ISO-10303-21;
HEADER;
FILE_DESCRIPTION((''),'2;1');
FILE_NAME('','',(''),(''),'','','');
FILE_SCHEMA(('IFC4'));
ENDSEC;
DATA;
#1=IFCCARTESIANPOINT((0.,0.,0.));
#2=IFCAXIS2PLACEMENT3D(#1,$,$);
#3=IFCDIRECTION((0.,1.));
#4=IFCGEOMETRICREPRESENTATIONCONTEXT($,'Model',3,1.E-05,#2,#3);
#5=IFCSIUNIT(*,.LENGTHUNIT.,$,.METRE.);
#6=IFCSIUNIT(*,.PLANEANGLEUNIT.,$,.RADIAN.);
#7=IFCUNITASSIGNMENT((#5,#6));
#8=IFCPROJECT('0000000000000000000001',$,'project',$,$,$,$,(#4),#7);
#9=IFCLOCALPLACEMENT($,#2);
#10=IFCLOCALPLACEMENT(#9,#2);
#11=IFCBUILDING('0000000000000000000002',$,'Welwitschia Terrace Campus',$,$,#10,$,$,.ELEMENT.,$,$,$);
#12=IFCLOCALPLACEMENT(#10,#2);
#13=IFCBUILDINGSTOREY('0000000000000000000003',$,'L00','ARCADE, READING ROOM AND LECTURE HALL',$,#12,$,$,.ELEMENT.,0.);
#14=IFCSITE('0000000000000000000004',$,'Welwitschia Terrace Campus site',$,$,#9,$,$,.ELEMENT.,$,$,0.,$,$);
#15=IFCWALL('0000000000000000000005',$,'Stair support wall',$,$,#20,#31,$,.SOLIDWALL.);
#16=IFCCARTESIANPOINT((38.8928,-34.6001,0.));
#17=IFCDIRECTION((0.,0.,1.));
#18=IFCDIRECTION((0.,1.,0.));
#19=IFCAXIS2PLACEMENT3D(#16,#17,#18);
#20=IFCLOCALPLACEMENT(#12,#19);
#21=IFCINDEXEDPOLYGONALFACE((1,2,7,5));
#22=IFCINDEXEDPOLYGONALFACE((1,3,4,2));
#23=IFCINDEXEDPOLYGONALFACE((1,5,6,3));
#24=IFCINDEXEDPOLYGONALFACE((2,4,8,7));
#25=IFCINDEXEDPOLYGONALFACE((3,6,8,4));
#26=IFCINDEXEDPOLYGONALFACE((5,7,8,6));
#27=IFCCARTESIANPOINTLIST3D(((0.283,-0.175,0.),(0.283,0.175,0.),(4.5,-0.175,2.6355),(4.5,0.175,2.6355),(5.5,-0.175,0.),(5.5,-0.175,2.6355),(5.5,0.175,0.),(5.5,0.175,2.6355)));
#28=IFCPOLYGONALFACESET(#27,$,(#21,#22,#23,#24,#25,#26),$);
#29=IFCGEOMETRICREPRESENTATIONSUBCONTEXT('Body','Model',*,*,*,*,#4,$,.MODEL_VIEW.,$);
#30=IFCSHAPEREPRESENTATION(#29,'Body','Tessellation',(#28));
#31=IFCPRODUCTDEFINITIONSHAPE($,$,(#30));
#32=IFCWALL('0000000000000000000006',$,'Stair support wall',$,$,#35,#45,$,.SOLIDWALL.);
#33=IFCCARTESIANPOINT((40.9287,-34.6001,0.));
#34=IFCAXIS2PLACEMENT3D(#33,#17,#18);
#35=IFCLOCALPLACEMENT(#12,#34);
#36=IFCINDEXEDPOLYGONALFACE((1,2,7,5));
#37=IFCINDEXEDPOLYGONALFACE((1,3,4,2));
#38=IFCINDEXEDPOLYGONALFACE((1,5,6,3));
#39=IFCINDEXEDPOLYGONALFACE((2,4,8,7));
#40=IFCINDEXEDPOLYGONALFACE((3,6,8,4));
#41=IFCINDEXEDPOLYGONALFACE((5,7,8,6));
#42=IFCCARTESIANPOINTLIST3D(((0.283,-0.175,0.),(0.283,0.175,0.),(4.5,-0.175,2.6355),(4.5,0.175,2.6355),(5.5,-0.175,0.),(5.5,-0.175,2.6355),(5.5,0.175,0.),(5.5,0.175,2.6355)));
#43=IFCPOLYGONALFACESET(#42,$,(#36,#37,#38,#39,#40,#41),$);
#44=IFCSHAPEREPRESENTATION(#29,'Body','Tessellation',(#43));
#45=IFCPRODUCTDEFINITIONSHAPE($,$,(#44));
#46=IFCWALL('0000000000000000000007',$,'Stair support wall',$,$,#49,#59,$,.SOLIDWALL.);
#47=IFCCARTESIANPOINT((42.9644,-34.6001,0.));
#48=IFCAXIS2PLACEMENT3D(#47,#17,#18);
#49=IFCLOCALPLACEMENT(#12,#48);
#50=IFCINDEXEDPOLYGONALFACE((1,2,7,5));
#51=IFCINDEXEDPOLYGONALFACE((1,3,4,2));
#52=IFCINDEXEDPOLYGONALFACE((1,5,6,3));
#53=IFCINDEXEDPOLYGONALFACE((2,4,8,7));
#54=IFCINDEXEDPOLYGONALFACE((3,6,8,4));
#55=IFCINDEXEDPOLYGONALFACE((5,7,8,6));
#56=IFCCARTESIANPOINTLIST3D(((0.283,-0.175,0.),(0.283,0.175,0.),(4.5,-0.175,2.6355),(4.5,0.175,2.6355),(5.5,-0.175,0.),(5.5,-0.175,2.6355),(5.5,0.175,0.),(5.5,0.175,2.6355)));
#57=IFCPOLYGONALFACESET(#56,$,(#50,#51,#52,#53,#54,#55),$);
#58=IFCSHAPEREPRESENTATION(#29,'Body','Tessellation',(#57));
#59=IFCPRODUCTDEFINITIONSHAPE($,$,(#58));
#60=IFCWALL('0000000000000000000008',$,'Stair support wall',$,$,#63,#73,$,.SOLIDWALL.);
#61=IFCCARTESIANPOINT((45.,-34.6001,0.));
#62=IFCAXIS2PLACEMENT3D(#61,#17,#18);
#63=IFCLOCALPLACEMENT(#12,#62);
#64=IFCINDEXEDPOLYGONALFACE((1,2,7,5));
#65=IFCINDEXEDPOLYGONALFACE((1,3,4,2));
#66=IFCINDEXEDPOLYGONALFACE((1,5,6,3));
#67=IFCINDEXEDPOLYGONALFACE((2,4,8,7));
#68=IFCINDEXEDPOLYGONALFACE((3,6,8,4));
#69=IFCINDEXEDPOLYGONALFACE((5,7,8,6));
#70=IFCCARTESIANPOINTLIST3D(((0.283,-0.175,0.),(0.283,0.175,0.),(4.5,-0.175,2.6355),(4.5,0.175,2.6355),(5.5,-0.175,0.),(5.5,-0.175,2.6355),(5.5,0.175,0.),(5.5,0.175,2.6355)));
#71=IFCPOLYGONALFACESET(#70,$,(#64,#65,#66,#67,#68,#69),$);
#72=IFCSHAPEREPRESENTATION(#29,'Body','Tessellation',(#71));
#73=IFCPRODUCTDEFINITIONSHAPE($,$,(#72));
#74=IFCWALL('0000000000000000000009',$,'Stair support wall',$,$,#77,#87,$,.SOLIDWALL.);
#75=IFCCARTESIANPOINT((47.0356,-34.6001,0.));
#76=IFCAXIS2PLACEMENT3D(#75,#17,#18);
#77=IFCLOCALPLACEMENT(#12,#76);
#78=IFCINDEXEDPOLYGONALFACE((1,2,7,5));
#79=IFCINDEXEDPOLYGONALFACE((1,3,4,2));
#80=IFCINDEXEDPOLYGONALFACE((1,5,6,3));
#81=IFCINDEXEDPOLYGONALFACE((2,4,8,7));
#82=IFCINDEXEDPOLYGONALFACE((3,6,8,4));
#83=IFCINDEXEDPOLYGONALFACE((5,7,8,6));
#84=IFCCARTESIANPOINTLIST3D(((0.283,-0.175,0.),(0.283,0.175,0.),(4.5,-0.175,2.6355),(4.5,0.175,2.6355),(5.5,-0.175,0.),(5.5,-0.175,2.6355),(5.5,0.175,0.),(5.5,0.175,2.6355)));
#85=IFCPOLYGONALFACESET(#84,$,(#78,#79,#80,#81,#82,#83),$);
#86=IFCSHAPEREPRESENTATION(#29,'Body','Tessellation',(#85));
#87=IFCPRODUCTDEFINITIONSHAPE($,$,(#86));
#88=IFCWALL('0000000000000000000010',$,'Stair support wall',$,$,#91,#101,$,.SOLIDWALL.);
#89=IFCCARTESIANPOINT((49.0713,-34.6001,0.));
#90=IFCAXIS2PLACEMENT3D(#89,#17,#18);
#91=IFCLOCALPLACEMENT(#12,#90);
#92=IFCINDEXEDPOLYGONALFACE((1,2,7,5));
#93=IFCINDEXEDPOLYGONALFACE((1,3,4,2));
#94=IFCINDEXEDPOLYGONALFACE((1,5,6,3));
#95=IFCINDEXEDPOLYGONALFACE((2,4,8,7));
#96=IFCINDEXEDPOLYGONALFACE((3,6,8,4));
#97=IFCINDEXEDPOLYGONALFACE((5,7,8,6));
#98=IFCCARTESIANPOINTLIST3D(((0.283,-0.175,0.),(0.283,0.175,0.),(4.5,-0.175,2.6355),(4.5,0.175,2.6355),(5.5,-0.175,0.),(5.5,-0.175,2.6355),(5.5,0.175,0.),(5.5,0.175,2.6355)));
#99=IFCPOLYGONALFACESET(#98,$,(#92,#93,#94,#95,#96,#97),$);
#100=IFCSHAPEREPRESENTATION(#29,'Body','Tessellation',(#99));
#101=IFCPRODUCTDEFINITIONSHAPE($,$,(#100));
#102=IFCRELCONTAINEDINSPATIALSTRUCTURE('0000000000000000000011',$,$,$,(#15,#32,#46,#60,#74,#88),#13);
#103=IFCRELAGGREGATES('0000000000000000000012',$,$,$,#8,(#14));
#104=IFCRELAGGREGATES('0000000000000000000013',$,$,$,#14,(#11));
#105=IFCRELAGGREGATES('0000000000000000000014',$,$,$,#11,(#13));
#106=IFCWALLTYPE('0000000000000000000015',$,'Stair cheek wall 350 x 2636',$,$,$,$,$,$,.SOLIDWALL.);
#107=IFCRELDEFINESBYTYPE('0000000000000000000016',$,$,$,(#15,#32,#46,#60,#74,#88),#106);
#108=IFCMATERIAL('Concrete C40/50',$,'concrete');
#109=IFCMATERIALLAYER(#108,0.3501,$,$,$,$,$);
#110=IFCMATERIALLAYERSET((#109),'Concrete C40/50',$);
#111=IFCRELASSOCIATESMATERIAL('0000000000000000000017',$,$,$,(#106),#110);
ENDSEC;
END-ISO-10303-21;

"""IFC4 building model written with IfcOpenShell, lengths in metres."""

from ifc_helpers import new_model, si_unit, direction, frame, origin, place, context, subcontext, project, spatial, polyline, outline, extrude, material, layer, layer_set, type_object, element, save


model = new_model("IFC4")

# Units and contexts
model_context = context("Model", 3, precision=1e-05, world=origin(), true_north=direction((0.0, 1.0)))
body_context = subcontext(model_context, "Body", "Model", "MODEL_VIEW")
ifc_project = project(units=[si_unit("LENGTHUNIT", "METRE"), si_unit("PLANEANGLEUNIT", "RADIAN")], contexts=[model_context])

# Site, building, storey
site_placement = place(None, origin())
site = spatial("IfcSite", under=ifc_project, at=site_placement, Name="Welwitschia Terrace Campus site", CompositionType="ELEMENT", RefElevation=0.0)
building_placement = place(site_placement, origin())
building = spatial("IfcBuilding", under=site, at=building_placement, Name="Welwitschia Terrace Campus", CompositionType="ELEMENT")
storey_placement = place(building_placement, origin())
storey = spatial("IfcBuildingStorey", under=building, at=storey_placement, Name="L00", Description="ARCADE, READING ROOM AND LECTURE HALL", CompositionType="ELEMENT", Elevation=0.0)

# Walls
ifc_material_1 = material(Name="Concrete C40/50", Category="concrete")
ifc_layer_1 = layer(ifc_material_1, 0.3501)
ifc_layer_set_1 = layer_set([ifc_layer_1], Name="Concrete C40/50")
wall_type_1 = type_object("IfcWallType", Name="Stair cheek wall 350 x 2636", PredefinedType="SOLIDWALL", material=ifc_layer_set_1)
for number, where, z_axis, x_axis, name in (
    (1, (38.8928, -34.6001, 0.0), (0.0, 0.0, 1.0), (0.0, 1.0, 0.0), "Stair support wall"),
    (2, (40.9287, -34.6001, 0.0), (0.0, 0.0, 1.0), (0.0, 1.0, 0.0), "Stair support wall"),
    (3, (42.9644, -34.6001, 0.0), (0.0, 0.0, 1.0), (0.0, 1.0, 0.0), "Stair support wall"),
    (4, (45.0, -34.6001, 0.0), (0.0, 0.0, 1.0), (0.0, 1.0, 0.0), "Stair support wall"),
    (5, (47.0356, -34.6001, 0.0), (0.0, 0.0, 1.0), (0.0, 1.0, 0.0), "Stair support wall"),
    (6, (49.0713, -34.6001, 0.0), (0.0, 0.0, 1.0), (0.0, 1.0, 0.0), "Stair support wall"),
):
    element("IfcWall", number, at=place(storey_placement, frame(where, z_axis=z_axis, x_axis=x_axis)), inside=storey, type_object=wall_type_1, Name=name, PredefinedType="SOLIDWALL", context=body_context, shape_type="SweptSolid", body=[
        extrude(outline(polyline([(0.0, 0.0), (5.5, 0.0), (5.5, 2.6355), (4.5, 2.6355), (0.283, 0.0), (0.0, 0.0), (0.0, 0.0)])), frame((0.0, 0.175, 0.0), z_axis=(0.0, -1.0, 0.0), x_axis=(1.0, 0.0, 0.0)), (0.0, 0.0, 1.0), 0.3501),
    ])

save(model, "model.ifc")
